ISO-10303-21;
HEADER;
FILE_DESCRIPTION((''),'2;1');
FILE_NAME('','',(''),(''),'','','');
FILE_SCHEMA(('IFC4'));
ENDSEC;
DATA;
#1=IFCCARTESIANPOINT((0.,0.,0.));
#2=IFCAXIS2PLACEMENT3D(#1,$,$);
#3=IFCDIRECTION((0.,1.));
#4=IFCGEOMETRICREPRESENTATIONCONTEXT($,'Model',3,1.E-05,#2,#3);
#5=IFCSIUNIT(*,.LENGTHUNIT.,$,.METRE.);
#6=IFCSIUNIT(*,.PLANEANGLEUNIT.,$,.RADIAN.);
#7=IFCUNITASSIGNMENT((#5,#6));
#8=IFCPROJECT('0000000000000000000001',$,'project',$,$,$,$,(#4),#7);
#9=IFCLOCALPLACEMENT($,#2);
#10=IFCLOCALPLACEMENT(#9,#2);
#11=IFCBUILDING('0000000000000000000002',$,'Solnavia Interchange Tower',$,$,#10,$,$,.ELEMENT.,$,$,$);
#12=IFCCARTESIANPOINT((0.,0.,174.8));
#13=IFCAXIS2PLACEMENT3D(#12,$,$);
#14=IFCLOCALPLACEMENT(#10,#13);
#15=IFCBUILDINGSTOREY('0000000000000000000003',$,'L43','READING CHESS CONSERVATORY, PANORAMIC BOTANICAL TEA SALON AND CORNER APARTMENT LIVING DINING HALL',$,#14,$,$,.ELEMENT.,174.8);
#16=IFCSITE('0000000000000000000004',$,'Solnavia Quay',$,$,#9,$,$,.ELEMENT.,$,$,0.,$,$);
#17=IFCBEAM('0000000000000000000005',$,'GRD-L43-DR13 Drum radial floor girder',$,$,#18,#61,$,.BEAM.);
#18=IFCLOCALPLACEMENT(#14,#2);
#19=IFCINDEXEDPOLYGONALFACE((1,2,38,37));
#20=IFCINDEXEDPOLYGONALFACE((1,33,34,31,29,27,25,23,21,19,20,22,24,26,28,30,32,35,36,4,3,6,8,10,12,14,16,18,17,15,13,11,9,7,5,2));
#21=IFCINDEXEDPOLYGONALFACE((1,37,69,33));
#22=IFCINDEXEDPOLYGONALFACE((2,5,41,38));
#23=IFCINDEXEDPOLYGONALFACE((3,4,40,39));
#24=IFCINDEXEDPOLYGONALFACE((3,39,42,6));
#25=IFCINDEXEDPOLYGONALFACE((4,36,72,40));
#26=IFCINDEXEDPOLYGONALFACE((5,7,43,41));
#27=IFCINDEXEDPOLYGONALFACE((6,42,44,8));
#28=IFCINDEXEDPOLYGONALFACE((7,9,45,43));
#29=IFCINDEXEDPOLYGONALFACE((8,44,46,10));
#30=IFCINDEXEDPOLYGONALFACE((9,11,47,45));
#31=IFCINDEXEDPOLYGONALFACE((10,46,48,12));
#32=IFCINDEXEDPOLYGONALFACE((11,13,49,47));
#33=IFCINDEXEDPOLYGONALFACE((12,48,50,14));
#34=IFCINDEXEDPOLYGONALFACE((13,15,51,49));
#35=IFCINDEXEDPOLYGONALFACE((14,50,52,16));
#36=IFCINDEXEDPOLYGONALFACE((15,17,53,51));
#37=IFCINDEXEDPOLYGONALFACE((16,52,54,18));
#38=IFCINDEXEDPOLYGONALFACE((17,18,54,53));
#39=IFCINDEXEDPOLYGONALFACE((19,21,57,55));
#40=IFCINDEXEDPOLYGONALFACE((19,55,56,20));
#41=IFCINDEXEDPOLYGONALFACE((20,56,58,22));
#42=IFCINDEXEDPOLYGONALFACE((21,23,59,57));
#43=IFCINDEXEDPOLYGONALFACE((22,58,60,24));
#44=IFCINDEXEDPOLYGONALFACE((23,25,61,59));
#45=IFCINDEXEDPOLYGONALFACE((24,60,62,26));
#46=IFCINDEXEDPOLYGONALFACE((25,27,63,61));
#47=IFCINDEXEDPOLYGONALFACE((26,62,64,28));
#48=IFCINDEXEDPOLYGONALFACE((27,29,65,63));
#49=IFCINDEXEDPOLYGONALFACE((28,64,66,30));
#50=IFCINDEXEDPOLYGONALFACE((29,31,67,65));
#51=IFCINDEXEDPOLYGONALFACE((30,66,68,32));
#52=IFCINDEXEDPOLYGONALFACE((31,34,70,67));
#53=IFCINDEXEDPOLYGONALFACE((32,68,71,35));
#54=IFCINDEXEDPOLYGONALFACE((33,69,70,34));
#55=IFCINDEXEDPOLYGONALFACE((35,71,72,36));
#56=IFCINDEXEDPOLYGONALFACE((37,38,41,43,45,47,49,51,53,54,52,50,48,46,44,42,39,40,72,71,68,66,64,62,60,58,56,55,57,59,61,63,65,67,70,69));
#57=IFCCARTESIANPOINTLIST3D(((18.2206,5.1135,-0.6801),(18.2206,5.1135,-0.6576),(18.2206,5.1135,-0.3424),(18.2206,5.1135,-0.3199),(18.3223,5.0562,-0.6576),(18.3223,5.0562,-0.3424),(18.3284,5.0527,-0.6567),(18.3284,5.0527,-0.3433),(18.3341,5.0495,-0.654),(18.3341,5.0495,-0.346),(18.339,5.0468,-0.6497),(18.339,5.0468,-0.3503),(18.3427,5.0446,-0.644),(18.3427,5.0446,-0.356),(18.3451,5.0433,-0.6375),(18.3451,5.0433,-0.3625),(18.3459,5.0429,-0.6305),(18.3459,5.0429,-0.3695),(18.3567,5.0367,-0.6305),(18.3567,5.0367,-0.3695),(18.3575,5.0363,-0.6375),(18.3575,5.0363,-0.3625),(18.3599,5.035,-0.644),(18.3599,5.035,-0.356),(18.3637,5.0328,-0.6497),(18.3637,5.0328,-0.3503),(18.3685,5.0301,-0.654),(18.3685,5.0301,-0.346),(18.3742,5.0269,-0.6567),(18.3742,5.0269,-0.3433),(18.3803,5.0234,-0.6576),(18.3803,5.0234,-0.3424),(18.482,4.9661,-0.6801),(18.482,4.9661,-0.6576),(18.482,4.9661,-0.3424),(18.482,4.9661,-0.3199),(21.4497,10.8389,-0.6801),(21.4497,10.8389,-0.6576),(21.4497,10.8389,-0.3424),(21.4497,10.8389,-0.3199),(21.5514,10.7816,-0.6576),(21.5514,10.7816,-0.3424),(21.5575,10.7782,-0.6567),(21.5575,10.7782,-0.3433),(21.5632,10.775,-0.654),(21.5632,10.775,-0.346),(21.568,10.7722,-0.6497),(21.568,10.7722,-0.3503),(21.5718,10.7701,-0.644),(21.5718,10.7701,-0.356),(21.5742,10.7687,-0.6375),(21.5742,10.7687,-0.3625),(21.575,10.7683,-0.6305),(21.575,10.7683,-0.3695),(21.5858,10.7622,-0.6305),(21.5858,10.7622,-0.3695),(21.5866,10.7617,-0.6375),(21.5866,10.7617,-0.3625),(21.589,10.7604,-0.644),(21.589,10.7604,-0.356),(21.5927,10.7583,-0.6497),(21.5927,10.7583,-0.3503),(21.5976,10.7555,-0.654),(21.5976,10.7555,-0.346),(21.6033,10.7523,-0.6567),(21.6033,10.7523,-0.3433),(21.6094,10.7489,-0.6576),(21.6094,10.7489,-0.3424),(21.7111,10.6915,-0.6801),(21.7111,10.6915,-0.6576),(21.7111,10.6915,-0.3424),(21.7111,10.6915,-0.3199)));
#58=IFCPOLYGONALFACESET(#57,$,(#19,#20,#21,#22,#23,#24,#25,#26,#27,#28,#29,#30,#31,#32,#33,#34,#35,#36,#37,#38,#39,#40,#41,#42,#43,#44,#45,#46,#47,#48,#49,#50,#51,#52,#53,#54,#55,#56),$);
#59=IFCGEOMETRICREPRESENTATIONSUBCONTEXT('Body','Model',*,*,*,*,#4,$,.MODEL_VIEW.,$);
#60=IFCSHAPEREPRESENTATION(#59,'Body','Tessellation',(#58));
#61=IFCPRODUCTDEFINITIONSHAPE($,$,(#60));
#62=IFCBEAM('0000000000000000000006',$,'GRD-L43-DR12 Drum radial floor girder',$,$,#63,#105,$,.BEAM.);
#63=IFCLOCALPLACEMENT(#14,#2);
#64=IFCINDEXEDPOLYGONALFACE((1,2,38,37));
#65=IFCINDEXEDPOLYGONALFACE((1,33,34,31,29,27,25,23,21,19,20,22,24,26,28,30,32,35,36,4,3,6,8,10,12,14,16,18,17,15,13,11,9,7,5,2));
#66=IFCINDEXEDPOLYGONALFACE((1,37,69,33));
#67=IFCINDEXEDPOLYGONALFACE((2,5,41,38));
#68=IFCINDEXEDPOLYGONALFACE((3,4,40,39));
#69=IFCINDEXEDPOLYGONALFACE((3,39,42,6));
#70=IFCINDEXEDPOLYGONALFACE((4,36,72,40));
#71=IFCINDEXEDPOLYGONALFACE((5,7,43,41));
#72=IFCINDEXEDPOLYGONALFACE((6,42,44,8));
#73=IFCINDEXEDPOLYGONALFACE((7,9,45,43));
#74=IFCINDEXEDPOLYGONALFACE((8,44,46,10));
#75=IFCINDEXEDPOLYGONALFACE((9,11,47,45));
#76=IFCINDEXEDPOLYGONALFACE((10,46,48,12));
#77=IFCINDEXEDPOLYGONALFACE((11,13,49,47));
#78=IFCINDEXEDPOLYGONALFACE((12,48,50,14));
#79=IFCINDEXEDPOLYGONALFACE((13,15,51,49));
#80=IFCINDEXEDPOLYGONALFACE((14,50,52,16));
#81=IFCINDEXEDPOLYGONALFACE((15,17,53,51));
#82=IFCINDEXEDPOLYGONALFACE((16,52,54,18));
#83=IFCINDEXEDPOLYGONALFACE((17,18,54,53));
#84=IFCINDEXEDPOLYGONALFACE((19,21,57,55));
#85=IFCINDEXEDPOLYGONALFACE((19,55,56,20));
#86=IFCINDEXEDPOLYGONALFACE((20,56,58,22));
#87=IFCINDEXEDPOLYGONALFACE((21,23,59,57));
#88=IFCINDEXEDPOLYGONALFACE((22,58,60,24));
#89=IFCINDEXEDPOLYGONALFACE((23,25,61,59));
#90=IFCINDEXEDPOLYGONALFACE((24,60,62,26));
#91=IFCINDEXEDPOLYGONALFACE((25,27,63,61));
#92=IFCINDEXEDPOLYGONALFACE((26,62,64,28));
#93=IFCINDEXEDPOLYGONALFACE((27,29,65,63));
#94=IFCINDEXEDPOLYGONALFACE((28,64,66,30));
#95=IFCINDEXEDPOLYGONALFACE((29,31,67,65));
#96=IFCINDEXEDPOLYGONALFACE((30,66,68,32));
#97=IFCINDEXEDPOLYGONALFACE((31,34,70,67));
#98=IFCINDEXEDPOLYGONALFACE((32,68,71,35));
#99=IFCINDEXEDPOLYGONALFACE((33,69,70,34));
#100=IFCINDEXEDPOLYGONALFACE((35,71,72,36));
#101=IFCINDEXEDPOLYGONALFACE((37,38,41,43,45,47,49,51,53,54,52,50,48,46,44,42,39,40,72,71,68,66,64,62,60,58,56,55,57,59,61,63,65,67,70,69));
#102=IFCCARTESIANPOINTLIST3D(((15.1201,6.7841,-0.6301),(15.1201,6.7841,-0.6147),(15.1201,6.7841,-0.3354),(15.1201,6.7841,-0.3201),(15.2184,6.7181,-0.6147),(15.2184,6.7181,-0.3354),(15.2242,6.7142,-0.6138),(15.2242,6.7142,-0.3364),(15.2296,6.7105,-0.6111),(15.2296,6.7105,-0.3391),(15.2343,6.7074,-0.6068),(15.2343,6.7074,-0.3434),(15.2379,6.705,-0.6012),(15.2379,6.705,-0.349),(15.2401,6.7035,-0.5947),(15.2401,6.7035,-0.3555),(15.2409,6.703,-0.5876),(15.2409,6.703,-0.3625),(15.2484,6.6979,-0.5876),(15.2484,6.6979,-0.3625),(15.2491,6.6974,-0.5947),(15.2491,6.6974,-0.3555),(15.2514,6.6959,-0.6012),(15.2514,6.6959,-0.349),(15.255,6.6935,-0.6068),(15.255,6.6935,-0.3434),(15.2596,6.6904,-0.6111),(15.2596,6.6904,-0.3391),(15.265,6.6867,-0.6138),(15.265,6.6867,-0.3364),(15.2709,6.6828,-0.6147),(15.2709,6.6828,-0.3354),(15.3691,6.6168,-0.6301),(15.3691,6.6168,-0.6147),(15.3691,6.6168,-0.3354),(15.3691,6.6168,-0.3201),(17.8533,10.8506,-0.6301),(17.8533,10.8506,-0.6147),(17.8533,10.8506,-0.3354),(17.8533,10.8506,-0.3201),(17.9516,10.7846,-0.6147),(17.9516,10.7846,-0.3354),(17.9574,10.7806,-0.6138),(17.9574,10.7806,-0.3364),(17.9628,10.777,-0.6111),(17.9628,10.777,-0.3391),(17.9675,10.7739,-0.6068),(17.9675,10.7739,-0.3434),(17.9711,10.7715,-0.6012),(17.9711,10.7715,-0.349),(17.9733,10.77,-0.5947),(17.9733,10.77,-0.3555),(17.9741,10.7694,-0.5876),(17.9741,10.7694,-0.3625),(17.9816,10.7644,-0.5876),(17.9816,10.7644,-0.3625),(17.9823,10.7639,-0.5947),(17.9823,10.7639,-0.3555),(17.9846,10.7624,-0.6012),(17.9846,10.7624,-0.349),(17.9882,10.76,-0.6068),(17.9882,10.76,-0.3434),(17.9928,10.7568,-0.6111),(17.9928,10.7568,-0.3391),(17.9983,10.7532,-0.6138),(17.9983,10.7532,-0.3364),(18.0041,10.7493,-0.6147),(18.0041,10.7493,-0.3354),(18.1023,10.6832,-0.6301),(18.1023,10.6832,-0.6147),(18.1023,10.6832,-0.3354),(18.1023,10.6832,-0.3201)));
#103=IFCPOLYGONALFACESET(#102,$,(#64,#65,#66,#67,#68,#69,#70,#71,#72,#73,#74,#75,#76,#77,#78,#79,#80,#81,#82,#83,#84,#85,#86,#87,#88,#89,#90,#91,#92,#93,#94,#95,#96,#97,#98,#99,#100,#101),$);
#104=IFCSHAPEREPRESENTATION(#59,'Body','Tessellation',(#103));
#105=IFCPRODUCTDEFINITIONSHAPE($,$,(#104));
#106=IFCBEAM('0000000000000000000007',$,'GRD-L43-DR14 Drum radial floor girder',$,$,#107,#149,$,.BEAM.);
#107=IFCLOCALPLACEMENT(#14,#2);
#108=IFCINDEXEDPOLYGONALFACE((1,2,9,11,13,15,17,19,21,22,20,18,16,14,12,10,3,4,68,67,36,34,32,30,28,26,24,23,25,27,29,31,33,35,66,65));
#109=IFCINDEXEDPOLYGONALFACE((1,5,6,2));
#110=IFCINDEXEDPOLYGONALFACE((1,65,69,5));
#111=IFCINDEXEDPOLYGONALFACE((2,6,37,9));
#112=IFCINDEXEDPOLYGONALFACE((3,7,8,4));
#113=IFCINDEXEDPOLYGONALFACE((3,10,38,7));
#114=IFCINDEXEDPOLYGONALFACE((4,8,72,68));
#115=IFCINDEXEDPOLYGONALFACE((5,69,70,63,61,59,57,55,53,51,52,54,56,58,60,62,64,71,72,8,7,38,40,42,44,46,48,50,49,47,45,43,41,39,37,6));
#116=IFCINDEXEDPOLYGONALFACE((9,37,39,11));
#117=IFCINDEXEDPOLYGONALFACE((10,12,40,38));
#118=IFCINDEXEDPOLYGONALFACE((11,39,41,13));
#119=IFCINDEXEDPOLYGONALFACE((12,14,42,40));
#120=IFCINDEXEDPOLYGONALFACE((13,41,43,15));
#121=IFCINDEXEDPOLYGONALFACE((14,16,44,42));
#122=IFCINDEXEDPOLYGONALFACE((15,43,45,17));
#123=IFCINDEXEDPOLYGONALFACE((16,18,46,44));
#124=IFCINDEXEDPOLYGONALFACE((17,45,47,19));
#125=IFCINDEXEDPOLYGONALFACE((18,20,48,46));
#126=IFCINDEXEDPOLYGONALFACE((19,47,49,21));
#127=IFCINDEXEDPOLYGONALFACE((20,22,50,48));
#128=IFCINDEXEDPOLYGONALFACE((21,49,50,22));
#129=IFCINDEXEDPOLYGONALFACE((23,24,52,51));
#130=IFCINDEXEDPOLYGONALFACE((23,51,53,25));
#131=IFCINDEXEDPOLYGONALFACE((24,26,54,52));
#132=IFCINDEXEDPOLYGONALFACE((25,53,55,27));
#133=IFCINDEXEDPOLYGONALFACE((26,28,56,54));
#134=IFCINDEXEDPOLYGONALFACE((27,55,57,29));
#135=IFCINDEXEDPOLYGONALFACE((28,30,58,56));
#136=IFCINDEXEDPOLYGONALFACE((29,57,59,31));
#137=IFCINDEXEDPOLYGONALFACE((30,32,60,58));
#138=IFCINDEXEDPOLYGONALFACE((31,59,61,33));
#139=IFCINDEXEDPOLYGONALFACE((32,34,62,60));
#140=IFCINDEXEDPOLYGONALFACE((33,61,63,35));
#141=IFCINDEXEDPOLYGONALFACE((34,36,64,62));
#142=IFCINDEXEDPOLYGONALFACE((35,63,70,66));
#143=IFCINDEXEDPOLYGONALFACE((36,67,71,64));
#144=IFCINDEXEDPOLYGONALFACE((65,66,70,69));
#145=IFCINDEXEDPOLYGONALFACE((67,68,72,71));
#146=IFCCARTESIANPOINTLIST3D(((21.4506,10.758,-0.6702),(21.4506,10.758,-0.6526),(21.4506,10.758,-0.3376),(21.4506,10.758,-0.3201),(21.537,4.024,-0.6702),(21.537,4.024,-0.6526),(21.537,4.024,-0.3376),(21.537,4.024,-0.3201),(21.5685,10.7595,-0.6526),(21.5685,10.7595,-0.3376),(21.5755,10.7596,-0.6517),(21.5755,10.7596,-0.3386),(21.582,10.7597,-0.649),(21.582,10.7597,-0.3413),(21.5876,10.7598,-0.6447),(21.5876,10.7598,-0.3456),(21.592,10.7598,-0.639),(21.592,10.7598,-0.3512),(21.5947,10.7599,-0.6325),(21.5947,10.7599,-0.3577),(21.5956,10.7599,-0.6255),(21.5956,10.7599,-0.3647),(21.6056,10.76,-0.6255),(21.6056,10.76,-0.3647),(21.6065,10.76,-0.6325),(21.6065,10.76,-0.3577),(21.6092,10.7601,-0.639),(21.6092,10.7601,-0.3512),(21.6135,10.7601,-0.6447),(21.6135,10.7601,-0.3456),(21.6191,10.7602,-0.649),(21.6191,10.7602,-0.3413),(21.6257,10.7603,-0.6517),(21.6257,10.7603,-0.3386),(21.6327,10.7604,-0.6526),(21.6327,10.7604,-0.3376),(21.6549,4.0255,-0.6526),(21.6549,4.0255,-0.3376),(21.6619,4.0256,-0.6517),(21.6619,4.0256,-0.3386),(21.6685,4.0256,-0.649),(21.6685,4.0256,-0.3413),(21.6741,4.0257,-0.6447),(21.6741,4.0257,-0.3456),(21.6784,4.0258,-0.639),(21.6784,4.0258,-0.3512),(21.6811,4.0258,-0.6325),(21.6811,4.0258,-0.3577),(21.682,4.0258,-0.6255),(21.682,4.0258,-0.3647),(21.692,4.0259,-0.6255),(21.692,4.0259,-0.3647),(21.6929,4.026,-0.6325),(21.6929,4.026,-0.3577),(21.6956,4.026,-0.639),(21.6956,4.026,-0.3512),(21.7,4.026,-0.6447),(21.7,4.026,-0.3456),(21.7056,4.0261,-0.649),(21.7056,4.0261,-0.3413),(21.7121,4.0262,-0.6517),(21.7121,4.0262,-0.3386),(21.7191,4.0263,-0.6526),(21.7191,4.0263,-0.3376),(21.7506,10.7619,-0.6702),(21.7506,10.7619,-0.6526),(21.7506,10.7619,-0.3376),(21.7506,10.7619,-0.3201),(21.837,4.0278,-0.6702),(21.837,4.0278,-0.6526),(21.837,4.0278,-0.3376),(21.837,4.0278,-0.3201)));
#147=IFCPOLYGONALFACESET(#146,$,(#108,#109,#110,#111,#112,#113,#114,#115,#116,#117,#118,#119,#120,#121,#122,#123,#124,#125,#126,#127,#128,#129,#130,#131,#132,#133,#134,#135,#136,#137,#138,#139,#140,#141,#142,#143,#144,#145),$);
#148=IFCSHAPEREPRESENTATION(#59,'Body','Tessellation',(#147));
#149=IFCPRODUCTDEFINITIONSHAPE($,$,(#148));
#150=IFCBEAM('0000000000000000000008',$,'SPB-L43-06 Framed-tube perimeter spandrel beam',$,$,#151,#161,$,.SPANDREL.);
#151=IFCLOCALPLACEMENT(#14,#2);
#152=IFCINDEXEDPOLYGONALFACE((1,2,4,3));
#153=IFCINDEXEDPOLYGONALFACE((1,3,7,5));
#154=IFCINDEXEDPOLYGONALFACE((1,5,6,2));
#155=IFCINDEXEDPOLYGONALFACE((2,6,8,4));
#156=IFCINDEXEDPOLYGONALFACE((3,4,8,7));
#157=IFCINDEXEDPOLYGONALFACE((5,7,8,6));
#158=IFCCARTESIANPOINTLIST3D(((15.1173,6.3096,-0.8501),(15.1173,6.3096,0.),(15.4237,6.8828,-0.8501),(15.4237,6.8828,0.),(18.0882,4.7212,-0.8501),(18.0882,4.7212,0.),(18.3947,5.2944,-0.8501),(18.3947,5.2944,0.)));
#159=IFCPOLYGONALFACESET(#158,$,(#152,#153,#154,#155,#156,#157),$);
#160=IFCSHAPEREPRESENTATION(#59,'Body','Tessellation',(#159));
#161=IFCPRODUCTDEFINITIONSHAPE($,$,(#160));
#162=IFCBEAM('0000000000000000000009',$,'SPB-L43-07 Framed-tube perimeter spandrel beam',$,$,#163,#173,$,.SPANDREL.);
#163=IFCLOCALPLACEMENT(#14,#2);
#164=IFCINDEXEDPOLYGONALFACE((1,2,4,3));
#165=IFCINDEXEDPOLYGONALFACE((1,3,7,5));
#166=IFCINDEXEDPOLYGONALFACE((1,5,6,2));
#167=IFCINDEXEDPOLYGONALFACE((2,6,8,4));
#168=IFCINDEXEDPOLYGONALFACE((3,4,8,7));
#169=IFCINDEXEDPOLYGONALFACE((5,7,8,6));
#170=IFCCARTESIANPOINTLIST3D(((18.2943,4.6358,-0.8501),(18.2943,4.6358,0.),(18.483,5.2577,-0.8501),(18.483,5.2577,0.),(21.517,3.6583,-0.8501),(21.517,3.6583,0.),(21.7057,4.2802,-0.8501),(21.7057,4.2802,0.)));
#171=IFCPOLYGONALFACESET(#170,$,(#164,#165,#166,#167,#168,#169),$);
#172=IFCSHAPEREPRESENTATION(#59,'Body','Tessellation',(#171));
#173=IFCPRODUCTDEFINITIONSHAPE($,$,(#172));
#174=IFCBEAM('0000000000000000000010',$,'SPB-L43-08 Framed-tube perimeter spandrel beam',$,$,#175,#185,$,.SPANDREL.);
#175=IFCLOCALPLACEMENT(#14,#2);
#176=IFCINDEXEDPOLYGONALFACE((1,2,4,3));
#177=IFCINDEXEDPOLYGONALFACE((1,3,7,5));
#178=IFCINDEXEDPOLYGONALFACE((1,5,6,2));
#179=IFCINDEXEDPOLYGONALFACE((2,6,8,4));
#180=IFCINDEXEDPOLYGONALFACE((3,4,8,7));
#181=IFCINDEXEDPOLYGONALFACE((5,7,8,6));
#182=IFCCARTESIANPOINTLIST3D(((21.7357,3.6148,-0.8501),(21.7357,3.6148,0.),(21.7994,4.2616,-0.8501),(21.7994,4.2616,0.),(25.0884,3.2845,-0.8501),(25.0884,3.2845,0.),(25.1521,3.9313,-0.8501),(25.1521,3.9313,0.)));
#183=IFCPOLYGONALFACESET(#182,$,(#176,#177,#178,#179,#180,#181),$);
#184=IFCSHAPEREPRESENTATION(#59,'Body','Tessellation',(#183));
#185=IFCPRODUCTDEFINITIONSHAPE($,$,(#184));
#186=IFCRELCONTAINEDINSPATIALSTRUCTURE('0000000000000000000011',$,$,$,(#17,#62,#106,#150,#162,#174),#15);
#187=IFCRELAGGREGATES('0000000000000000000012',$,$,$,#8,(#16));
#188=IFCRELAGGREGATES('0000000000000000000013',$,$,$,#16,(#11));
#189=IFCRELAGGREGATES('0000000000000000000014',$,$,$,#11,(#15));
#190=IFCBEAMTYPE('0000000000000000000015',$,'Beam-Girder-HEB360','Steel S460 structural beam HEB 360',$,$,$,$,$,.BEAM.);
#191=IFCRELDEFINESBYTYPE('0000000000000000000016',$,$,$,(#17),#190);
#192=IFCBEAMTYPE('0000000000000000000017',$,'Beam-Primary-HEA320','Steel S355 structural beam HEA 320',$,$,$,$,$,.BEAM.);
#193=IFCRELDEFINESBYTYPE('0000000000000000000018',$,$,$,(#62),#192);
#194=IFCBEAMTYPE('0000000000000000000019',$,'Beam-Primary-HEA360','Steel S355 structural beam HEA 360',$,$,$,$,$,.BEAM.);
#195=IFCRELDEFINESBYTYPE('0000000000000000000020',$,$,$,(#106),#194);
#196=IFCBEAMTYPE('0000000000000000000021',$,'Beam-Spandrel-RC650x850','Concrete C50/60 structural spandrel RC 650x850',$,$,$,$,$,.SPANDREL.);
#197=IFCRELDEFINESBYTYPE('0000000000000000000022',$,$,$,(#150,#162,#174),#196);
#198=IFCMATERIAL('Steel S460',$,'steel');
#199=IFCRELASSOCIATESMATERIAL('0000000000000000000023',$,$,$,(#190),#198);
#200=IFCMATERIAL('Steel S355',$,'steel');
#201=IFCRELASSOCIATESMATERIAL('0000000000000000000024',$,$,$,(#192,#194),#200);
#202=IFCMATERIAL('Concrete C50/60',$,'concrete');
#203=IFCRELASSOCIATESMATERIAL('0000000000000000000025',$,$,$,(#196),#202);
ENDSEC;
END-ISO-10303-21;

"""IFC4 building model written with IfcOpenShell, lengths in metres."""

from ifc_helpers import new_model, si_unit, direction, frame, origin, origin_2d, place, context, subcontext, project, spatial, rectangle, i_section, extrude, material, material_profile, profile_set, type_object, element, save


model = new_model("IFC4")

# Units and contexts
model_context = context("Model", 3, precision=1e-05, world=origin(), true_north=direction((0.0, 1.0)))
body_context = subcontext(model_context, "Body", "Model", "MODEL_VIEW")
ifc_project = project(units=[si_unit("LENGTHUNIT", "METRE"), si_unit("PLANEANGLEUNIT", "RADIAN")], contexts=[model_context])

# Site, building, storey
site_placement = place(None, origin())
site = spatial("IfcSite", under=ifc_project, at=site_placement, Name="Solnavia Quay", CompositionType="ELEMENT", RefElevation=0.0)
building_placement = place(site_placement, origin())
building = spatial("IfcBuilding", under=site, at=building_placement, Name="Solnavia Interchange Tower", CompositionType="ELEMENT")
storey_placement = place(building_placement, frame((0.0, 0.0, 174.8)))
storey = spatial("IfcBuildingStorey", under=building, at=storey_placement, Name="L43", Description="READING CHESS CONSERVATORY, PANORAMIC BOTANICAL TEA SALON AND CORNER APARTMENT LIVING DINING HALL", CompositionType="ELEMENT", Elevation=174.8)

# Shared definitions
ifc_material_1 = material(Name="Concrete C50/60", Category="concrete")
ifc_material_2 = material(Name="Steel S355", Category="steel")

# Beams
ifc_material_3 = material(Name="Steel S460", Category="steel")
ifc_material_profile_1 = material_profile(ifc_material_3, i_section(OverallWidth=0.3, OverallDepth=0.3601, WebThickness=0.0125, FlangeThickness=0.0225, FilletRadius=0.0271, at=origin_2d()), Name="HEB 360")
ifc_profile_set_1 = profile_set([ifc_material_profile_1], Name="Steel S460")
beam_type_1 = type_object("IfcBeamType", Name="Beam-Girder-HEB360", Description="Steel S460 structural beam HEB 360", PredefinedType="BEAM", material=ifc_profile_set_1)
beam_1_placement = place(storey_placement, frame((18.3513, 5.0398, -0.5), z_axis=(0.491243, 0.871022, 0.0), x_axis=(-0.871022, 0.491243, 0.0)))
element("IfcBeam", 1, at=beam_1_placement, inside=storey, type_object=beam_type_1, Name="GRD-L43-DR13 Drum radial floor girder", PredefinedType="BEAM", context=body_context, shape_type="SweptSolid", body=[
    extrude(i_section(OverallWidth=0.3, OverallDepth=0.3601, WebThickness=0.0125, FlangeThickness=0.0225, FilletRadius=0.0271, at=origin_2d()), origin(), (0.0, 0.0, 1.0), 6.5732),
])
ifc_material_profile_2 = material_profile(ifc_material_2, i_section(OverallWidth=0.3, OverallDepth=0.3101, WebThickness=0.009, FlangeThickness=0.0154, FilletRadius=0.0271, at=origin_2d()), Name="HEA 320")
ifc_profile_set_2 = profile_set([ifc_material_profile_2], Name="Steel S355")
beam_type_2 = type_object("IfcBeamType", Name="Beam-Primary-HEA320", Description="Steel S355 structural beam HEA 320", PredefinedType="BEAM", material=ifc_profile_set_2)
beam_2_placement = place(storey_placement, frame((15.2446, 6.7004, -0.4751), z_axis=(0.557835, 0.829952, 0.0), x_axis=(-0.829952, 0.557835, 0.0)))
element("IfcBeam", 2, at=beam_2_placement, inside=storey, type_object=beam_type_2, Name="GRD-L43-DR12 Drum radial floor girder", PredefinedType="BEAM", context=body_context, shape_type="SweptSolid", body=[
    extrude(i_section(OverallWidth=0.3, OverallDepth=0.3101, WebThickness=0.009, FlangeThickness=0.0154, FilletRadius=0.0271, at=origin_2d()), origin(), (0.0, 0.0, 1.0), 4.8997),
])
ifc_material_profile_3 = material_profile(ifc_material_2, i_section(OverallWidth=0.3, OverallDepth=0.3501, WebThickness=0.01, FlangeThickness=0.0176, FilletRadius=0.0271, at=origin_2d()), Name="HEA 360")
ifc_profile_set_3 = profile_set([ifc_material_profile_3], Name="Steel S355")
beam_type_3 = type_object("IfcBeamType", Name="Beam-Primary-HEA360", Description="Steel S355 structural beam HEA 360", PredefinedType="BEAM", material=ifc_profile_set_3)
beam_3_placement = place(storey_placement, frame((21.687, 4.0259, -0.4951), z_axis=(-0.012833, 0.999918, 0.0), x_axis=(-0.999918, -0.012833, 0.0)))
element("IfcBeam", 3, at=beam_3_placement, inside=storey, type_object=beam_type_3, Name="GRD-L43-DR14 Drum radial floor girder", PredefinedType="BEAM", context=body_context, shape_type="SweptSolid", body=[
    extrude(i_section(OverallWidth=0.3, OverallDepth=0.3501, WebThickness=0.01, FlangeThickness=0.0176, FilletRadius=0.0271, at=origin_2d()), origin(), (0.0, 0.0, 1.0), 6.7346),
])
ifc_material_profile_4 = material_profile(ifc_material_1, rectangle(XDim=0.6499, YDim=0.8501, at=origin_2d()), Name="RC 650x850")
ifc_profile_set_4 = profile_set([ifc_material_profile_4], Name="Concrete C50/60")
beam_type_4 = type_object("IfcBeamType", Name="Beam-Spandrel-RC650x850", Description="Concrete C50/60 structural spandrel RC 650x850", PredefinedType="SPANDREL", material=ifc_profile_set_4)
beam_4_placement = place(storey_placement, frame((15.2705, 6.5962, -0.425), z_axis=(0.881875, -0.471483, 0.0), x_axis=(0.471483, 0.881875, 0.0)))
element("IfcBeam", 4, at=beam_4_placement, inside=storey, type_object=beam_type_4, Name="SPB-L43-06 Framed-tube perimeter spandrel beam", PredefinedType="SPANDREL", context=body_context, shape_type="SweptSolid", body=[
    extrude(rectangle(XDim=0.6499, YDim=0.8501, at=origin_2d()), origin(), (0.0, 0.0, 1.0), 3.3689),
])
beam_5_placement = place(storey_placement, frame((18.3887, 4.9468, -0.425), z_axis=(0.956944, -0.290273, 0.0), x_axis=(0.290273, 0.956944, 0.0)))
element("IfcBeam", 5, at=beam_5_placement, inside=storey, type_object=beam_type_4, Name="SPB-L43-07 Framed-tube perimeter spandrel beam", PredefinedType="SPANDREL", context=body_context, shape_type="SweptSolid", body=[
    extrude(rectangle(XDim=0.6499, YDim=0.8501, at=origin_2d()), origin(), (0.0, 0.0, 1.0), 3.3677),
])
beam_6_placement = place(storey_placement, frame((21.7676, 3.9382, -0.425), z_axis=(0.995182, -0.098047, 0.0), x_axis=(0.098047, 0.995182, 0.0)))
element("IfcBeam", 6, at=beam_6_placement, inside=storey, type_object=beam_type_4, Name="SPB-L43-08 Framed-tube perimeter spandrel beam", PredefinedType="SPANDREL", context=body_context, shape_type="SweptSolid", body=[
    extrude(rectangle(XDim=0.6499, YDim=0.8501, at=origin_2d()), origin(), (0.0, 0.0, 1.0), 3.3689),
])

save(model, "model.ifc")
